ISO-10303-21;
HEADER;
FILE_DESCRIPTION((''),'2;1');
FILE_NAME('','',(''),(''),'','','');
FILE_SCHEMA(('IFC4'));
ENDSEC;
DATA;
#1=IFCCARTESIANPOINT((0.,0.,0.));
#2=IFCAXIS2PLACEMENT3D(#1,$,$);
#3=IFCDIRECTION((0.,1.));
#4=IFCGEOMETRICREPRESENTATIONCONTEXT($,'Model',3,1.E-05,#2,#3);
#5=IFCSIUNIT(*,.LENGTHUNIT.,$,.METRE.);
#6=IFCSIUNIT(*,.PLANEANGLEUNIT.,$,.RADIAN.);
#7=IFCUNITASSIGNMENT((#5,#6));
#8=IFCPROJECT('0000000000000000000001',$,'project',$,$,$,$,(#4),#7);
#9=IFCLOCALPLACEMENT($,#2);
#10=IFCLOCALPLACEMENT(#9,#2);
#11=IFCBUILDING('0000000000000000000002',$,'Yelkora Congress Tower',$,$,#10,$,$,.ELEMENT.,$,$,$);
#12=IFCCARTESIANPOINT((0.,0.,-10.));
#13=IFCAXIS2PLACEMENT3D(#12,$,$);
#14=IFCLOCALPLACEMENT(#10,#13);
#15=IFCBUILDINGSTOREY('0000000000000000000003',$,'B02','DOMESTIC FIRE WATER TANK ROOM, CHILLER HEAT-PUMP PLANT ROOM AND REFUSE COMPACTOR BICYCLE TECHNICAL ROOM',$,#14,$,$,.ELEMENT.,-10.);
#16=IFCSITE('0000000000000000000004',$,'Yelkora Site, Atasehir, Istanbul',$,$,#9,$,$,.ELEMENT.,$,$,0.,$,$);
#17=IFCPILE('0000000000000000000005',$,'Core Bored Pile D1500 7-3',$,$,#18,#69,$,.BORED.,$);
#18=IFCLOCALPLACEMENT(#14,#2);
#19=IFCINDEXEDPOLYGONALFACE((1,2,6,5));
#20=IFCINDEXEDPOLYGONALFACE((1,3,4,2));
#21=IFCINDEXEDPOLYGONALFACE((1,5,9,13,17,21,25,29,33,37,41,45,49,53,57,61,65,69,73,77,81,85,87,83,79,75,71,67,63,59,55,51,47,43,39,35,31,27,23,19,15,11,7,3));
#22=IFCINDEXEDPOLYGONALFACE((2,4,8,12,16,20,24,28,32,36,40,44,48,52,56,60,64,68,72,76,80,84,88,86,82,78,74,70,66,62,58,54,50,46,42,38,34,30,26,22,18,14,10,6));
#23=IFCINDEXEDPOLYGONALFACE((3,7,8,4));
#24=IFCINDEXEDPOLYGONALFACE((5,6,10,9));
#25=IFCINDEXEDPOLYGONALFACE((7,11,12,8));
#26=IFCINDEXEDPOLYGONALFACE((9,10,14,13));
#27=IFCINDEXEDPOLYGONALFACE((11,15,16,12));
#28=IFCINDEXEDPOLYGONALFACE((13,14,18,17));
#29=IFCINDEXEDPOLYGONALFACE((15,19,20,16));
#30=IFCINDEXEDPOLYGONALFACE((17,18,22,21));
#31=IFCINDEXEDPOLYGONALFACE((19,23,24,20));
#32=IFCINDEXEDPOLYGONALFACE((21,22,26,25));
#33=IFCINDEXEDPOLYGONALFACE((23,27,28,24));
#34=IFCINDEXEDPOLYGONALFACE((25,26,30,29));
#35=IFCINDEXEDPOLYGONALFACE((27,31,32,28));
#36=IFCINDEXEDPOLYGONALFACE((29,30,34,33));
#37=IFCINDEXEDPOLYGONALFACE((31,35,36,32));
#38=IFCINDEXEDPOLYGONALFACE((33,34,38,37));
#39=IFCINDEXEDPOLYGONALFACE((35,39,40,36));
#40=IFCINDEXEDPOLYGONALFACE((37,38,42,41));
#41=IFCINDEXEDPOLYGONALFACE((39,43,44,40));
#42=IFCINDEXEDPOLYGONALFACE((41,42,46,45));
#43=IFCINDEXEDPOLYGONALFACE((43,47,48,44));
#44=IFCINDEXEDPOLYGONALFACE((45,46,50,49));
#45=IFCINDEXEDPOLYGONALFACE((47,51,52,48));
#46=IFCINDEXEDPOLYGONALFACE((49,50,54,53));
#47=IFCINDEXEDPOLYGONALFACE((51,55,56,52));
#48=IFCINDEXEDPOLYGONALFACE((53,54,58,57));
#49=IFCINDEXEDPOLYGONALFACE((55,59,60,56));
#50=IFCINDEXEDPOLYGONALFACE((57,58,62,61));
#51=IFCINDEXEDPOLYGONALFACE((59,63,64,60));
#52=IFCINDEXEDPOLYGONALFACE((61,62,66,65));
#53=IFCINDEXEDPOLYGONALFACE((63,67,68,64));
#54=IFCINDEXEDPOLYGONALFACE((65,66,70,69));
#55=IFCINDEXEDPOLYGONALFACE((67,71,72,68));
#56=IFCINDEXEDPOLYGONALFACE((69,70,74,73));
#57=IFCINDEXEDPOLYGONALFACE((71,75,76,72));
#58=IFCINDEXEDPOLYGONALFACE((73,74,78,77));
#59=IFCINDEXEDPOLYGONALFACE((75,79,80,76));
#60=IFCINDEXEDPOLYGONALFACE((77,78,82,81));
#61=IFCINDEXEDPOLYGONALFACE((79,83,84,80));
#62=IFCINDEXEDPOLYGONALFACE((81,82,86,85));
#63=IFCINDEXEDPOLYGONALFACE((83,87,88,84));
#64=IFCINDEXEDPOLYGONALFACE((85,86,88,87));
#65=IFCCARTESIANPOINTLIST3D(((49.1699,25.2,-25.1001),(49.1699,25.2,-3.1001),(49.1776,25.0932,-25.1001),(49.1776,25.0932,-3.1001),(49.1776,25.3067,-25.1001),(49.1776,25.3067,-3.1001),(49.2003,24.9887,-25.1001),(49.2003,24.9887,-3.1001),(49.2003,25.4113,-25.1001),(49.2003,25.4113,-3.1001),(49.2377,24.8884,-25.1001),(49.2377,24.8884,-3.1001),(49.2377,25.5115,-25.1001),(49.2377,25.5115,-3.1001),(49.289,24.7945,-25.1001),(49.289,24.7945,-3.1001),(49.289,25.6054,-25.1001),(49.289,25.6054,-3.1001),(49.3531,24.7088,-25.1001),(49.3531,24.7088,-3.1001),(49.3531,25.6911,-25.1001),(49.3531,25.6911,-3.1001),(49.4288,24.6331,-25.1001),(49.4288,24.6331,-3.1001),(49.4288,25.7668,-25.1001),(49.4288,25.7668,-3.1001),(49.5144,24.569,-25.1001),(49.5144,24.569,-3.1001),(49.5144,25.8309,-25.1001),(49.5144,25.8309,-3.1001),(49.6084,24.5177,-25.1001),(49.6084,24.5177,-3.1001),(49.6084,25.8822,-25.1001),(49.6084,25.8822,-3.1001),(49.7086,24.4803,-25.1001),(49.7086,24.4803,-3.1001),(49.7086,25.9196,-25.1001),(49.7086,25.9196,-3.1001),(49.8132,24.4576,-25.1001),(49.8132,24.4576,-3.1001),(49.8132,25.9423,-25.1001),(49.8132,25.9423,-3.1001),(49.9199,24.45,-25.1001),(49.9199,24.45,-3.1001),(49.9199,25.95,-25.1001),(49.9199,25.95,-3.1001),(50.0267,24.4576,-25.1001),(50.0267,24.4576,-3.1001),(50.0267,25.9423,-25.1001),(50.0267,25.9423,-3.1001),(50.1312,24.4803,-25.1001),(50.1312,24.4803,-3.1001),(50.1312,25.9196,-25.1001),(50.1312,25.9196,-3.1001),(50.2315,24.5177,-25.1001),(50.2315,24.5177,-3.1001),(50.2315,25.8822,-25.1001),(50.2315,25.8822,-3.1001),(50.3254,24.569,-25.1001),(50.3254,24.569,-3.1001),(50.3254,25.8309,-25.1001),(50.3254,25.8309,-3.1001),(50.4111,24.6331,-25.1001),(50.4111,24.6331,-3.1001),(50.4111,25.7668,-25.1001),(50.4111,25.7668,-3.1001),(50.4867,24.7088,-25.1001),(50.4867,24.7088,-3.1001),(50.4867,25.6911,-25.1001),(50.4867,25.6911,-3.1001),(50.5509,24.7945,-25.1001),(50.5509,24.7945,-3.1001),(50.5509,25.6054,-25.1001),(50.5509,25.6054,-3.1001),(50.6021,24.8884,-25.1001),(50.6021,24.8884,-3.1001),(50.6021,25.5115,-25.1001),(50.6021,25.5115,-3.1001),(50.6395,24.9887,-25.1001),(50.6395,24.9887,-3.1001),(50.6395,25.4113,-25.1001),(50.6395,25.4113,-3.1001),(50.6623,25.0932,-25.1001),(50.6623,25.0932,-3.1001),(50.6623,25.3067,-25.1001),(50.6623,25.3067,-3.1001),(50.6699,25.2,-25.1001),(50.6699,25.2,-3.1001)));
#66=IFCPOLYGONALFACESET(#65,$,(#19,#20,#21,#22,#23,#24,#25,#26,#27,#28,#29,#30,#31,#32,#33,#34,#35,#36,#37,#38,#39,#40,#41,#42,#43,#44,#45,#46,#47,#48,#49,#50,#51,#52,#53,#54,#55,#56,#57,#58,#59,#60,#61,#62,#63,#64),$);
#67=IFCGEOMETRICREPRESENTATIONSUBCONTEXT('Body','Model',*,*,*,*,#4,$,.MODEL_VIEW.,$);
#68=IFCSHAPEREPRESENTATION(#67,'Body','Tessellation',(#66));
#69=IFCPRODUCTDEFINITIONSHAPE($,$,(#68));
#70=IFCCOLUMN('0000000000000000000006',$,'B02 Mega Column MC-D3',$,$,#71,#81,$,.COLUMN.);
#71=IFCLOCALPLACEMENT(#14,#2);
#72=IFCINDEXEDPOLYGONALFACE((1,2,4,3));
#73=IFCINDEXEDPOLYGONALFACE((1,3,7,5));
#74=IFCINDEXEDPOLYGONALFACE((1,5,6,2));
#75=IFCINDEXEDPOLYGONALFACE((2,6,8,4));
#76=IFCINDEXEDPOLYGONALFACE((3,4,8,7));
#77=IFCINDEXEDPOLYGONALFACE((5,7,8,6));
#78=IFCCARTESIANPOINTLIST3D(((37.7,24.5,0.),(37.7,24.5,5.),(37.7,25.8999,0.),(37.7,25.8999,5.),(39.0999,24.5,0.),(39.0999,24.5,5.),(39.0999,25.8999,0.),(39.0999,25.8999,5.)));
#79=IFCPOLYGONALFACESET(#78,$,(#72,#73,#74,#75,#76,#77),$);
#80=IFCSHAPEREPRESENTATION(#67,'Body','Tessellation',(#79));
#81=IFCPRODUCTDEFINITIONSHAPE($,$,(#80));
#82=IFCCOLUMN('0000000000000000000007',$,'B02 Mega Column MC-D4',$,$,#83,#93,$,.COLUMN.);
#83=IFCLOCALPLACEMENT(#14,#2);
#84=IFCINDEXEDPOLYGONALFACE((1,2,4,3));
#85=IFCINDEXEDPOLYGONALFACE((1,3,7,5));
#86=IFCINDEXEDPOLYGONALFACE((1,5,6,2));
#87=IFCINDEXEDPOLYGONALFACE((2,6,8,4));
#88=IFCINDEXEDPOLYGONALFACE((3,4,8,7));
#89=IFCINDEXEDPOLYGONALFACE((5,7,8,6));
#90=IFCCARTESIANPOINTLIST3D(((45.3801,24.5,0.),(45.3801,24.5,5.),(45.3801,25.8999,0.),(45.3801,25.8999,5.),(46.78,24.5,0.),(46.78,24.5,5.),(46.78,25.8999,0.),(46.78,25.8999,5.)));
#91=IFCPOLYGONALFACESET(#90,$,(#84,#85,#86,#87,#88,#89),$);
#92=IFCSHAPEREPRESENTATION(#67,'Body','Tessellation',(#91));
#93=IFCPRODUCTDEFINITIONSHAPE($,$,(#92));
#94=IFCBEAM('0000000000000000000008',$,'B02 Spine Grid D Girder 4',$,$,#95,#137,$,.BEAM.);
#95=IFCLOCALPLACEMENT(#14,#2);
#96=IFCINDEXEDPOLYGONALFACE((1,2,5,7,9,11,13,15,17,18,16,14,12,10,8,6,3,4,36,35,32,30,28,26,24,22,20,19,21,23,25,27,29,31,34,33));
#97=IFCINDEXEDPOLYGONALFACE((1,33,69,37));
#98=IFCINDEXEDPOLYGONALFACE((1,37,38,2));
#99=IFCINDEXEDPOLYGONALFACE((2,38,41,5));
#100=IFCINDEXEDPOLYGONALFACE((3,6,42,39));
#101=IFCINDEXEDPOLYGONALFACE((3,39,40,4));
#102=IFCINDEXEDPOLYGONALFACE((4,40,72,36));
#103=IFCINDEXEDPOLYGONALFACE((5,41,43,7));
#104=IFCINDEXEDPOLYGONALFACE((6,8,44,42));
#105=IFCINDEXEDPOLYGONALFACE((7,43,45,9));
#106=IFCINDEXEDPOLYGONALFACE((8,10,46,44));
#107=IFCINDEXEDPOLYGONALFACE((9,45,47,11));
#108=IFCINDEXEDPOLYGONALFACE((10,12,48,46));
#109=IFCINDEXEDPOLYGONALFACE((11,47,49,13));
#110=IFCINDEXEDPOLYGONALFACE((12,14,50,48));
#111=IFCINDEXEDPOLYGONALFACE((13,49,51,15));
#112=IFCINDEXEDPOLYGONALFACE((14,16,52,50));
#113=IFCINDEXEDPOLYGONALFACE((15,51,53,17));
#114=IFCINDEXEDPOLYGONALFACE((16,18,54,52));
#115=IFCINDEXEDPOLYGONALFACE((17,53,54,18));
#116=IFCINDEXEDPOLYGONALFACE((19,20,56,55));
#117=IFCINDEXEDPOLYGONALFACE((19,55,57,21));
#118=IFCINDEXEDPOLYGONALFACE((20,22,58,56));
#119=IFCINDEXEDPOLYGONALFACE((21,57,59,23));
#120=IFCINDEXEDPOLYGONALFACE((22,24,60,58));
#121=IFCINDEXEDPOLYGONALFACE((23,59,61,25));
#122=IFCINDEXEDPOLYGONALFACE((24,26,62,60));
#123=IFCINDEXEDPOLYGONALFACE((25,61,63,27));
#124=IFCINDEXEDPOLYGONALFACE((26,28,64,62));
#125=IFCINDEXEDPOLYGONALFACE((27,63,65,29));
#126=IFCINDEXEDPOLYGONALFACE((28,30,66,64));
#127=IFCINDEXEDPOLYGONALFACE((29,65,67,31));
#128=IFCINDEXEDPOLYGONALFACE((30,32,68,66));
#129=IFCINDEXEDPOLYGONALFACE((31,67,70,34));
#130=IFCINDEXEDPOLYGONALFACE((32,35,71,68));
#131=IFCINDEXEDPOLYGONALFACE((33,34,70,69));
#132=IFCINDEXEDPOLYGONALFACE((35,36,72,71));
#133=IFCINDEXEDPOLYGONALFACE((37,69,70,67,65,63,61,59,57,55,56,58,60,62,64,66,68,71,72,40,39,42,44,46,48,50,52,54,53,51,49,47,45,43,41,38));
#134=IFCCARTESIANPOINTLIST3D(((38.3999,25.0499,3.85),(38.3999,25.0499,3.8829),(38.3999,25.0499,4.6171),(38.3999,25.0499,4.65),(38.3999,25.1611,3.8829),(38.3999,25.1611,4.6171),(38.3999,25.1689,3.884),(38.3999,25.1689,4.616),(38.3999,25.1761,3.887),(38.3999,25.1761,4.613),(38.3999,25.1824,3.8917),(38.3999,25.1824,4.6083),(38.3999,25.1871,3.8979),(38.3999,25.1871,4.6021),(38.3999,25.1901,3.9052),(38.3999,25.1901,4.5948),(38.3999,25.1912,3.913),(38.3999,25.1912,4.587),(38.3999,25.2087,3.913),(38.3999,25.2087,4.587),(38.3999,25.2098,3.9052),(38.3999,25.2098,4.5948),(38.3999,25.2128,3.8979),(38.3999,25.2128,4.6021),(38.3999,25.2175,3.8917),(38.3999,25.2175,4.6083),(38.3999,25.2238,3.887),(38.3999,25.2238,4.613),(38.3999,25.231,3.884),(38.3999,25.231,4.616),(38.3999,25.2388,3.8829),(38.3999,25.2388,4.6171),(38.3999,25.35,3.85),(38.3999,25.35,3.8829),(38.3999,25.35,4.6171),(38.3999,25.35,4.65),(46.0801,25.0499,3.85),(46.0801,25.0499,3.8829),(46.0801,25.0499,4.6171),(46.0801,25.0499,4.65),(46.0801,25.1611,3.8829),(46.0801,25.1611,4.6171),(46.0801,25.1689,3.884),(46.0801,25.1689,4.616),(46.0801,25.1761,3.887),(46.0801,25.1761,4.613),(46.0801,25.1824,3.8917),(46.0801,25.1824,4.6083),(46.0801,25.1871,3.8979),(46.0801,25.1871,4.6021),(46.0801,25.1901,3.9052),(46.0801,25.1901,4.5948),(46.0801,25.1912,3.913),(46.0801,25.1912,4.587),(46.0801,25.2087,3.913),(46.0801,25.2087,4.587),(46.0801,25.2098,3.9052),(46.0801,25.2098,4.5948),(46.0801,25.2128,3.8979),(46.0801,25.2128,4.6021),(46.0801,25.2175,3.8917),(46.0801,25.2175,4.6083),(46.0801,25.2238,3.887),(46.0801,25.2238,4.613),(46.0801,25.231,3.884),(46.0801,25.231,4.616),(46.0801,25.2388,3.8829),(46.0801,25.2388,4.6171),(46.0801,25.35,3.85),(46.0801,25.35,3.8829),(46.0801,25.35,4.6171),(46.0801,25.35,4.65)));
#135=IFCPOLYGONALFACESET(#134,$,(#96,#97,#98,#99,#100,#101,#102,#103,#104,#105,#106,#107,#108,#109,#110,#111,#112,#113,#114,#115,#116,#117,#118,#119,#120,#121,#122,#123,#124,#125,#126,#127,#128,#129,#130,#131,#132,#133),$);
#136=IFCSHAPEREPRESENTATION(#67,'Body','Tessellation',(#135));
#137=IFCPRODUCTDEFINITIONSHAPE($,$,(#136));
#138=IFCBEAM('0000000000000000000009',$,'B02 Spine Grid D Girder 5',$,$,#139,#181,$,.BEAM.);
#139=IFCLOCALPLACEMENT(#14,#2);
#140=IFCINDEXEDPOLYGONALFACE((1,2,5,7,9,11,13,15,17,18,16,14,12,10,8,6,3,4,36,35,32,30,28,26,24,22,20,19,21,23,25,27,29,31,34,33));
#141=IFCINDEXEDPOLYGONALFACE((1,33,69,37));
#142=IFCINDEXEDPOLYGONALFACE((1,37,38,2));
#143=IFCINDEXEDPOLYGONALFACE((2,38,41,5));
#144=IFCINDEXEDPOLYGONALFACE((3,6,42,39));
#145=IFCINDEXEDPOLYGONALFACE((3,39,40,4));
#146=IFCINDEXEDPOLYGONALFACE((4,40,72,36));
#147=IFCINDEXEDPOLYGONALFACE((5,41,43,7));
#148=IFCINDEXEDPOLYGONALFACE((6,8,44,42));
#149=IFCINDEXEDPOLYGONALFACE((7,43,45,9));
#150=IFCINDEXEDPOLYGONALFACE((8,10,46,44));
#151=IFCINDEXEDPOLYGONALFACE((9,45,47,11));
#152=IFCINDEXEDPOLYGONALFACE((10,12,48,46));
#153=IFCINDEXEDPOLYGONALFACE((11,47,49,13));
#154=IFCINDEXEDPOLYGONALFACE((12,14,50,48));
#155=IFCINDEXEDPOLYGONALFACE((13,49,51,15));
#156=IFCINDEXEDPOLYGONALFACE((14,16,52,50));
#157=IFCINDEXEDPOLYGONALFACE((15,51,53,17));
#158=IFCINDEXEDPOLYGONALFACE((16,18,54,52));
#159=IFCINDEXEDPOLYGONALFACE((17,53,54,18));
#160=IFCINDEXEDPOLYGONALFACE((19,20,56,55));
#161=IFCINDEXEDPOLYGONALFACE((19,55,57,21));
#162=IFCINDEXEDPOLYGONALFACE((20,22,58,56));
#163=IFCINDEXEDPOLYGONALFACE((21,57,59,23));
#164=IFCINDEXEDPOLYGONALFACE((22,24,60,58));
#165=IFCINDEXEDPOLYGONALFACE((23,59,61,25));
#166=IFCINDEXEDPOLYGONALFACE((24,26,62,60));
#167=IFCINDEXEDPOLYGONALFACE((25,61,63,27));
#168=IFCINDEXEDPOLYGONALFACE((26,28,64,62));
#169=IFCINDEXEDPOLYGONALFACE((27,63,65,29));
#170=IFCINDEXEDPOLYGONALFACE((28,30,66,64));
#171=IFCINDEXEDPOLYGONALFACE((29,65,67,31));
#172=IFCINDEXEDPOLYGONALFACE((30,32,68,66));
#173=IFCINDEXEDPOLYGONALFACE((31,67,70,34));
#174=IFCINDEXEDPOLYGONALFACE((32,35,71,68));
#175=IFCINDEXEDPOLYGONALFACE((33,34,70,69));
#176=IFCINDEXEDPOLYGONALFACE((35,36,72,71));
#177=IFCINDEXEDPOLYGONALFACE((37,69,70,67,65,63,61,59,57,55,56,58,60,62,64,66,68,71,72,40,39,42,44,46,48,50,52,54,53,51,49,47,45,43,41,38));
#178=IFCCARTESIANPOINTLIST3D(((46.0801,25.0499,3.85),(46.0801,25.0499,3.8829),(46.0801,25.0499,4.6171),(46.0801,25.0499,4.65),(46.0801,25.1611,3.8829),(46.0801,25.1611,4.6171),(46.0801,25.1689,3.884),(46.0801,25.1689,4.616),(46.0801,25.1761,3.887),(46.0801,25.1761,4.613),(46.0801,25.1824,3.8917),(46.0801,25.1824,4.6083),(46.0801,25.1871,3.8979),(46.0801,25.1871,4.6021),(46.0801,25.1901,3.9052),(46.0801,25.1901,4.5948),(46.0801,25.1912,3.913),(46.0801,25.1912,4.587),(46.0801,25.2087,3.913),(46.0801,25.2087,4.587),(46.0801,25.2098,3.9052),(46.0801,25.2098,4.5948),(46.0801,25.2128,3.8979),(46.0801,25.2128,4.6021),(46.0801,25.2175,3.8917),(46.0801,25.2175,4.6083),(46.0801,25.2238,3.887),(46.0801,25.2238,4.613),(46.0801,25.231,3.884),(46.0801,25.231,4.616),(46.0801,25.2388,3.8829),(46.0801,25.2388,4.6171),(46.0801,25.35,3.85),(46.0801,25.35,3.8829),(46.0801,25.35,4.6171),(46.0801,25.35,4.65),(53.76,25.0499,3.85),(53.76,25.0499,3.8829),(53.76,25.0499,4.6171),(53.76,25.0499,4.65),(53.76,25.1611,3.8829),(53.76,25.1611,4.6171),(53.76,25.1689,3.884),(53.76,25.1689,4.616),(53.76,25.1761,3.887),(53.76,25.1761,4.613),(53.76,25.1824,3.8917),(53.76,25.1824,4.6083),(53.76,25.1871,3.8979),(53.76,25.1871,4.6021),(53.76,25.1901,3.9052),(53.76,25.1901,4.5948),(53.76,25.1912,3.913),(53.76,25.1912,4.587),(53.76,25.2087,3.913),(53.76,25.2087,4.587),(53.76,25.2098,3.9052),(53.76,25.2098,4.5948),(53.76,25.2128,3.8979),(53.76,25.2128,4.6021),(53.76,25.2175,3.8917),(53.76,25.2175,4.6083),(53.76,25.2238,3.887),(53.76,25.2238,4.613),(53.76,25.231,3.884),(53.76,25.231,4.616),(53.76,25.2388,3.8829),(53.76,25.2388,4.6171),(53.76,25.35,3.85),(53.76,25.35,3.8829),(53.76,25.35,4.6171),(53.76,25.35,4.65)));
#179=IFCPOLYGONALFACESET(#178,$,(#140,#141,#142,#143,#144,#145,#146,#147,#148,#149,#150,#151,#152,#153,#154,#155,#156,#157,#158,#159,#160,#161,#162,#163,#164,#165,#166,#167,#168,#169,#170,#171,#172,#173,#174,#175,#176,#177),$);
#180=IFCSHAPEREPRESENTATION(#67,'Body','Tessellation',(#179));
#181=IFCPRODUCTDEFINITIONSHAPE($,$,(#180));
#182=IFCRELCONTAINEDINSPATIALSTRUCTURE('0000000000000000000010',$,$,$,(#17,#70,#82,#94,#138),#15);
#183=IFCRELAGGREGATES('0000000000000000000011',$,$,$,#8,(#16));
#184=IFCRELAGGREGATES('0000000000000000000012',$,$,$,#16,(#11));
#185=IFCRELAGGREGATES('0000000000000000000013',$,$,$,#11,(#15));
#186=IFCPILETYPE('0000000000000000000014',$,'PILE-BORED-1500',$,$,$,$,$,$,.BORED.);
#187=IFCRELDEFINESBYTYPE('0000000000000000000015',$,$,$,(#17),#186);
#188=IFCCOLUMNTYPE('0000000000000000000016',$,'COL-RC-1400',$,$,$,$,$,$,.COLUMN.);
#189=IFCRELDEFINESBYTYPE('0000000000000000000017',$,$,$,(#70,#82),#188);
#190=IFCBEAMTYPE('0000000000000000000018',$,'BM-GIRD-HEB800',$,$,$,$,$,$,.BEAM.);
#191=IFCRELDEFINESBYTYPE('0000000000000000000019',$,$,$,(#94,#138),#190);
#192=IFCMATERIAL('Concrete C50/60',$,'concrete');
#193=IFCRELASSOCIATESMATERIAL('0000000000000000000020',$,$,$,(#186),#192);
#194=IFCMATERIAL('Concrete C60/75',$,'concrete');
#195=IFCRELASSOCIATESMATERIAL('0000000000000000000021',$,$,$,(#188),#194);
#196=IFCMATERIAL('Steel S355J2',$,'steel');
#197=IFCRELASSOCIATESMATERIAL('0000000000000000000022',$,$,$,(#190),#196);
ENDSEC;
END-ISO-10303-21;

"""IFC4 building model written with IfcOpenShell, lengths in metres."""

from ifc_helpers import new_model, si_unit, direction, frame, origin, origin_2d, place, context, subcontext, project, spatial, rectangle, circle, i_section, extrude, material, material_profile, profile_set, type_object, element, save


model = new_model("IFC4")

# Units and contexts
model_context = context("Model", 3, precision=1e-05, world=origin(), true_north=direction((0.0, 1.0)))
body_context = subcontext(model_context, "Body", "Model", "MODEL_VIEW")
ifc_project = project(units=[si_unit("LENGTHUNIT", "METRE"), si_unit("PLANEANGLEUNIT", "RADIAN")], contexts=[model_context])

# Site, building, storey
site_placement = place(None, origin())
site = spatial("IfcSite", under=ifc_project, at=site_placement, Name="Yelkora Site, Atasehir, Istanbul", CompositionType="ELEMENT", RefElevation=0.0)
building_placement = place(site_placement, origin())
building = spatial("IfcBuilding", under=site, at=building_placement, Name="Yelkora Congress Tower", CompositionType="ELEMENT")
storey_placement = place(building_placement, frame((0.0, 0.0, -10.0)))
storey = spatial("IfcBuildingStorey", under=building, at=storey_placement, Name="B02", Description="DOMESTIC FIRE WATER TANK ROOM, CHILLER HEAT-PUMP PLANT ROOM AND REFUSE COMPACTOR BICYCLE TECHNICAL ROOM", CompositionType="ELEMENT", Elevation=-10.0)

# Pile
ifc_material_1 = material(Name="Concrete C50/60", Category="concrete")
ifc_material_profile_1 = material_profile(ifc_material_1, circle(Radius=0.75, at=origin_2d()), Name="PILE D1500")
ifc_profile_set_1 = profile_set([ifc_material_profile_1], Name="Concrete C50/60")
pile_type = type_object("IfcPileType", Name="PILE-BORED-1500", PredefinedType="BORED", material=ifc_profile_set_1)
for number, where, z_axis, x_axis, name in (
    (1, (49.9199, 25.2, -3.1001), (0.0, 0.0, -1.0), (1.0, 0.0, 0.0), "Core Bored Pile D1500 7-3"),
):
    element("IfcPile", number, at=place(storey_placement, frame(where, z_axis=z_axis, x_axis=x_axis)), inside=storey, type_object=pile_type, Name=name, PredefinedType="BORED", context=body_context, shape_type="SweptSolid", body=[
        extrude(circle(Radius=0.75, at=origin_2d()), origin(), (0.0, 0.0, 1.0), 22.0),
    ])

# Columns
ifc_material_2 = material(Name="Concrete C60/75", Category="concrete")
ifc_material_profile_2 = material_profile(ifc_material_2, rectangle(XDim=1.3999, YDim=1.3999, at=origin_2d()), Name="RC 1400x1400")
ifc_profile_set_2 = profile_set([ifc_material_profile_2], Name="Concrete C60/75")
column_type = type_object("IfcColumnType", Name="COL-RC-1400", PredefinedType="COLUMN", material=ifc_profile_set_2)
for number, where, z_axis, x_axis, name in (
    (2, (38.3999, 25.2, 0.0), (0.0, 0.0, 1.0), (1.0, 0.0, 0.0), "B02 Mega Column MC-D3"),
    (3, (46.0801, 25.2, 0.0), (0.0, 0.0, 1.0), (1.0, 0.0, 0.0), "B02 Mega Column MC-D4"),
):
    element("IfcColumn", number, at=place(storey_placement, frame(where, z_axis=z_axis, x_axis=x_axis)), inside=storey, type_object=column_type, Name=name, PredefinedType="COLUMN", context=body_context, shape_type="SweptSolid", body=[
        extrude(rectangle(XDim=1.3999, YDim=1.3999, at=origin_2d()), origin(), (0.0, 0.0, 1.0), 5.0),
    ])

# Beams
ifc_material_3 = material(Name="Steel S355J2", Category="steel")
ifc_material_profile_3 = material_profile(ifc_material_3, i_section(OverallWidth=0.3, OverallDepth=0.8, WebThickness=0.0176, FlangeThickness=0.033, FilletRadius=0.03, at=origin_2d()), Name="HEB 800")
ifc_profile_set_3 = profile_set([ifc_material_profile_3], Name="Steel S355J2")
beam_type_1 = type_object("IfcBeamType", Name="BM-GIRD-HEB800", PredefinedType="BEAM", material=ifc_profile_set_3)
beam_1_placement = place(storey_placement, frame((38.3999, 25.2, 4.25), z_axis=(1.0, 0.0, 0.0), x_axis=(0.0, 1.0, 0.0)))
element("IfcBeam", 4, at=beam_1_placement, inside=storey, type_object=beam_type_1, Name="B02 Spine Grid D Girder 4", PredefinedType="BEAM", context=body_context, shape_type="SweptSolid", body=[
    extrude(i_section(OverallWidth=0.3, OverallDepth=0.8, WebThickness=0.0176, FlangeThickness=0.033, FilletRadius=0.03, at=origin_2d()), origin(), (0.0, 0.0, 1.0), 7.6802),
])
beam_2_placement = place(storey_placement, frame((46.0801, 25.2, 4.25), z_axis=(1.0, 0.0, 0.0), x_axis=(0.0, 1.0, 0.0)))
element("IfcBeam", 5, at=beam_2_placement, inside=storey, type_object=beam_type_1, Name="B02 Spine Grid D Girder 5", PredefinedType="BEAM", context=body_context, shape_type="SweptSolid", body=[
    extrude(i_section(OverallWidth=0.3, OverallDepth=0.8, WebThickness=0.0176, FlangeThickness=0.033, FilletRadius=0.03, at=origin_2d()), origin(), (0.0, 0.0, 1.0), 7.6799),
])

save(model, "model.ifc")
